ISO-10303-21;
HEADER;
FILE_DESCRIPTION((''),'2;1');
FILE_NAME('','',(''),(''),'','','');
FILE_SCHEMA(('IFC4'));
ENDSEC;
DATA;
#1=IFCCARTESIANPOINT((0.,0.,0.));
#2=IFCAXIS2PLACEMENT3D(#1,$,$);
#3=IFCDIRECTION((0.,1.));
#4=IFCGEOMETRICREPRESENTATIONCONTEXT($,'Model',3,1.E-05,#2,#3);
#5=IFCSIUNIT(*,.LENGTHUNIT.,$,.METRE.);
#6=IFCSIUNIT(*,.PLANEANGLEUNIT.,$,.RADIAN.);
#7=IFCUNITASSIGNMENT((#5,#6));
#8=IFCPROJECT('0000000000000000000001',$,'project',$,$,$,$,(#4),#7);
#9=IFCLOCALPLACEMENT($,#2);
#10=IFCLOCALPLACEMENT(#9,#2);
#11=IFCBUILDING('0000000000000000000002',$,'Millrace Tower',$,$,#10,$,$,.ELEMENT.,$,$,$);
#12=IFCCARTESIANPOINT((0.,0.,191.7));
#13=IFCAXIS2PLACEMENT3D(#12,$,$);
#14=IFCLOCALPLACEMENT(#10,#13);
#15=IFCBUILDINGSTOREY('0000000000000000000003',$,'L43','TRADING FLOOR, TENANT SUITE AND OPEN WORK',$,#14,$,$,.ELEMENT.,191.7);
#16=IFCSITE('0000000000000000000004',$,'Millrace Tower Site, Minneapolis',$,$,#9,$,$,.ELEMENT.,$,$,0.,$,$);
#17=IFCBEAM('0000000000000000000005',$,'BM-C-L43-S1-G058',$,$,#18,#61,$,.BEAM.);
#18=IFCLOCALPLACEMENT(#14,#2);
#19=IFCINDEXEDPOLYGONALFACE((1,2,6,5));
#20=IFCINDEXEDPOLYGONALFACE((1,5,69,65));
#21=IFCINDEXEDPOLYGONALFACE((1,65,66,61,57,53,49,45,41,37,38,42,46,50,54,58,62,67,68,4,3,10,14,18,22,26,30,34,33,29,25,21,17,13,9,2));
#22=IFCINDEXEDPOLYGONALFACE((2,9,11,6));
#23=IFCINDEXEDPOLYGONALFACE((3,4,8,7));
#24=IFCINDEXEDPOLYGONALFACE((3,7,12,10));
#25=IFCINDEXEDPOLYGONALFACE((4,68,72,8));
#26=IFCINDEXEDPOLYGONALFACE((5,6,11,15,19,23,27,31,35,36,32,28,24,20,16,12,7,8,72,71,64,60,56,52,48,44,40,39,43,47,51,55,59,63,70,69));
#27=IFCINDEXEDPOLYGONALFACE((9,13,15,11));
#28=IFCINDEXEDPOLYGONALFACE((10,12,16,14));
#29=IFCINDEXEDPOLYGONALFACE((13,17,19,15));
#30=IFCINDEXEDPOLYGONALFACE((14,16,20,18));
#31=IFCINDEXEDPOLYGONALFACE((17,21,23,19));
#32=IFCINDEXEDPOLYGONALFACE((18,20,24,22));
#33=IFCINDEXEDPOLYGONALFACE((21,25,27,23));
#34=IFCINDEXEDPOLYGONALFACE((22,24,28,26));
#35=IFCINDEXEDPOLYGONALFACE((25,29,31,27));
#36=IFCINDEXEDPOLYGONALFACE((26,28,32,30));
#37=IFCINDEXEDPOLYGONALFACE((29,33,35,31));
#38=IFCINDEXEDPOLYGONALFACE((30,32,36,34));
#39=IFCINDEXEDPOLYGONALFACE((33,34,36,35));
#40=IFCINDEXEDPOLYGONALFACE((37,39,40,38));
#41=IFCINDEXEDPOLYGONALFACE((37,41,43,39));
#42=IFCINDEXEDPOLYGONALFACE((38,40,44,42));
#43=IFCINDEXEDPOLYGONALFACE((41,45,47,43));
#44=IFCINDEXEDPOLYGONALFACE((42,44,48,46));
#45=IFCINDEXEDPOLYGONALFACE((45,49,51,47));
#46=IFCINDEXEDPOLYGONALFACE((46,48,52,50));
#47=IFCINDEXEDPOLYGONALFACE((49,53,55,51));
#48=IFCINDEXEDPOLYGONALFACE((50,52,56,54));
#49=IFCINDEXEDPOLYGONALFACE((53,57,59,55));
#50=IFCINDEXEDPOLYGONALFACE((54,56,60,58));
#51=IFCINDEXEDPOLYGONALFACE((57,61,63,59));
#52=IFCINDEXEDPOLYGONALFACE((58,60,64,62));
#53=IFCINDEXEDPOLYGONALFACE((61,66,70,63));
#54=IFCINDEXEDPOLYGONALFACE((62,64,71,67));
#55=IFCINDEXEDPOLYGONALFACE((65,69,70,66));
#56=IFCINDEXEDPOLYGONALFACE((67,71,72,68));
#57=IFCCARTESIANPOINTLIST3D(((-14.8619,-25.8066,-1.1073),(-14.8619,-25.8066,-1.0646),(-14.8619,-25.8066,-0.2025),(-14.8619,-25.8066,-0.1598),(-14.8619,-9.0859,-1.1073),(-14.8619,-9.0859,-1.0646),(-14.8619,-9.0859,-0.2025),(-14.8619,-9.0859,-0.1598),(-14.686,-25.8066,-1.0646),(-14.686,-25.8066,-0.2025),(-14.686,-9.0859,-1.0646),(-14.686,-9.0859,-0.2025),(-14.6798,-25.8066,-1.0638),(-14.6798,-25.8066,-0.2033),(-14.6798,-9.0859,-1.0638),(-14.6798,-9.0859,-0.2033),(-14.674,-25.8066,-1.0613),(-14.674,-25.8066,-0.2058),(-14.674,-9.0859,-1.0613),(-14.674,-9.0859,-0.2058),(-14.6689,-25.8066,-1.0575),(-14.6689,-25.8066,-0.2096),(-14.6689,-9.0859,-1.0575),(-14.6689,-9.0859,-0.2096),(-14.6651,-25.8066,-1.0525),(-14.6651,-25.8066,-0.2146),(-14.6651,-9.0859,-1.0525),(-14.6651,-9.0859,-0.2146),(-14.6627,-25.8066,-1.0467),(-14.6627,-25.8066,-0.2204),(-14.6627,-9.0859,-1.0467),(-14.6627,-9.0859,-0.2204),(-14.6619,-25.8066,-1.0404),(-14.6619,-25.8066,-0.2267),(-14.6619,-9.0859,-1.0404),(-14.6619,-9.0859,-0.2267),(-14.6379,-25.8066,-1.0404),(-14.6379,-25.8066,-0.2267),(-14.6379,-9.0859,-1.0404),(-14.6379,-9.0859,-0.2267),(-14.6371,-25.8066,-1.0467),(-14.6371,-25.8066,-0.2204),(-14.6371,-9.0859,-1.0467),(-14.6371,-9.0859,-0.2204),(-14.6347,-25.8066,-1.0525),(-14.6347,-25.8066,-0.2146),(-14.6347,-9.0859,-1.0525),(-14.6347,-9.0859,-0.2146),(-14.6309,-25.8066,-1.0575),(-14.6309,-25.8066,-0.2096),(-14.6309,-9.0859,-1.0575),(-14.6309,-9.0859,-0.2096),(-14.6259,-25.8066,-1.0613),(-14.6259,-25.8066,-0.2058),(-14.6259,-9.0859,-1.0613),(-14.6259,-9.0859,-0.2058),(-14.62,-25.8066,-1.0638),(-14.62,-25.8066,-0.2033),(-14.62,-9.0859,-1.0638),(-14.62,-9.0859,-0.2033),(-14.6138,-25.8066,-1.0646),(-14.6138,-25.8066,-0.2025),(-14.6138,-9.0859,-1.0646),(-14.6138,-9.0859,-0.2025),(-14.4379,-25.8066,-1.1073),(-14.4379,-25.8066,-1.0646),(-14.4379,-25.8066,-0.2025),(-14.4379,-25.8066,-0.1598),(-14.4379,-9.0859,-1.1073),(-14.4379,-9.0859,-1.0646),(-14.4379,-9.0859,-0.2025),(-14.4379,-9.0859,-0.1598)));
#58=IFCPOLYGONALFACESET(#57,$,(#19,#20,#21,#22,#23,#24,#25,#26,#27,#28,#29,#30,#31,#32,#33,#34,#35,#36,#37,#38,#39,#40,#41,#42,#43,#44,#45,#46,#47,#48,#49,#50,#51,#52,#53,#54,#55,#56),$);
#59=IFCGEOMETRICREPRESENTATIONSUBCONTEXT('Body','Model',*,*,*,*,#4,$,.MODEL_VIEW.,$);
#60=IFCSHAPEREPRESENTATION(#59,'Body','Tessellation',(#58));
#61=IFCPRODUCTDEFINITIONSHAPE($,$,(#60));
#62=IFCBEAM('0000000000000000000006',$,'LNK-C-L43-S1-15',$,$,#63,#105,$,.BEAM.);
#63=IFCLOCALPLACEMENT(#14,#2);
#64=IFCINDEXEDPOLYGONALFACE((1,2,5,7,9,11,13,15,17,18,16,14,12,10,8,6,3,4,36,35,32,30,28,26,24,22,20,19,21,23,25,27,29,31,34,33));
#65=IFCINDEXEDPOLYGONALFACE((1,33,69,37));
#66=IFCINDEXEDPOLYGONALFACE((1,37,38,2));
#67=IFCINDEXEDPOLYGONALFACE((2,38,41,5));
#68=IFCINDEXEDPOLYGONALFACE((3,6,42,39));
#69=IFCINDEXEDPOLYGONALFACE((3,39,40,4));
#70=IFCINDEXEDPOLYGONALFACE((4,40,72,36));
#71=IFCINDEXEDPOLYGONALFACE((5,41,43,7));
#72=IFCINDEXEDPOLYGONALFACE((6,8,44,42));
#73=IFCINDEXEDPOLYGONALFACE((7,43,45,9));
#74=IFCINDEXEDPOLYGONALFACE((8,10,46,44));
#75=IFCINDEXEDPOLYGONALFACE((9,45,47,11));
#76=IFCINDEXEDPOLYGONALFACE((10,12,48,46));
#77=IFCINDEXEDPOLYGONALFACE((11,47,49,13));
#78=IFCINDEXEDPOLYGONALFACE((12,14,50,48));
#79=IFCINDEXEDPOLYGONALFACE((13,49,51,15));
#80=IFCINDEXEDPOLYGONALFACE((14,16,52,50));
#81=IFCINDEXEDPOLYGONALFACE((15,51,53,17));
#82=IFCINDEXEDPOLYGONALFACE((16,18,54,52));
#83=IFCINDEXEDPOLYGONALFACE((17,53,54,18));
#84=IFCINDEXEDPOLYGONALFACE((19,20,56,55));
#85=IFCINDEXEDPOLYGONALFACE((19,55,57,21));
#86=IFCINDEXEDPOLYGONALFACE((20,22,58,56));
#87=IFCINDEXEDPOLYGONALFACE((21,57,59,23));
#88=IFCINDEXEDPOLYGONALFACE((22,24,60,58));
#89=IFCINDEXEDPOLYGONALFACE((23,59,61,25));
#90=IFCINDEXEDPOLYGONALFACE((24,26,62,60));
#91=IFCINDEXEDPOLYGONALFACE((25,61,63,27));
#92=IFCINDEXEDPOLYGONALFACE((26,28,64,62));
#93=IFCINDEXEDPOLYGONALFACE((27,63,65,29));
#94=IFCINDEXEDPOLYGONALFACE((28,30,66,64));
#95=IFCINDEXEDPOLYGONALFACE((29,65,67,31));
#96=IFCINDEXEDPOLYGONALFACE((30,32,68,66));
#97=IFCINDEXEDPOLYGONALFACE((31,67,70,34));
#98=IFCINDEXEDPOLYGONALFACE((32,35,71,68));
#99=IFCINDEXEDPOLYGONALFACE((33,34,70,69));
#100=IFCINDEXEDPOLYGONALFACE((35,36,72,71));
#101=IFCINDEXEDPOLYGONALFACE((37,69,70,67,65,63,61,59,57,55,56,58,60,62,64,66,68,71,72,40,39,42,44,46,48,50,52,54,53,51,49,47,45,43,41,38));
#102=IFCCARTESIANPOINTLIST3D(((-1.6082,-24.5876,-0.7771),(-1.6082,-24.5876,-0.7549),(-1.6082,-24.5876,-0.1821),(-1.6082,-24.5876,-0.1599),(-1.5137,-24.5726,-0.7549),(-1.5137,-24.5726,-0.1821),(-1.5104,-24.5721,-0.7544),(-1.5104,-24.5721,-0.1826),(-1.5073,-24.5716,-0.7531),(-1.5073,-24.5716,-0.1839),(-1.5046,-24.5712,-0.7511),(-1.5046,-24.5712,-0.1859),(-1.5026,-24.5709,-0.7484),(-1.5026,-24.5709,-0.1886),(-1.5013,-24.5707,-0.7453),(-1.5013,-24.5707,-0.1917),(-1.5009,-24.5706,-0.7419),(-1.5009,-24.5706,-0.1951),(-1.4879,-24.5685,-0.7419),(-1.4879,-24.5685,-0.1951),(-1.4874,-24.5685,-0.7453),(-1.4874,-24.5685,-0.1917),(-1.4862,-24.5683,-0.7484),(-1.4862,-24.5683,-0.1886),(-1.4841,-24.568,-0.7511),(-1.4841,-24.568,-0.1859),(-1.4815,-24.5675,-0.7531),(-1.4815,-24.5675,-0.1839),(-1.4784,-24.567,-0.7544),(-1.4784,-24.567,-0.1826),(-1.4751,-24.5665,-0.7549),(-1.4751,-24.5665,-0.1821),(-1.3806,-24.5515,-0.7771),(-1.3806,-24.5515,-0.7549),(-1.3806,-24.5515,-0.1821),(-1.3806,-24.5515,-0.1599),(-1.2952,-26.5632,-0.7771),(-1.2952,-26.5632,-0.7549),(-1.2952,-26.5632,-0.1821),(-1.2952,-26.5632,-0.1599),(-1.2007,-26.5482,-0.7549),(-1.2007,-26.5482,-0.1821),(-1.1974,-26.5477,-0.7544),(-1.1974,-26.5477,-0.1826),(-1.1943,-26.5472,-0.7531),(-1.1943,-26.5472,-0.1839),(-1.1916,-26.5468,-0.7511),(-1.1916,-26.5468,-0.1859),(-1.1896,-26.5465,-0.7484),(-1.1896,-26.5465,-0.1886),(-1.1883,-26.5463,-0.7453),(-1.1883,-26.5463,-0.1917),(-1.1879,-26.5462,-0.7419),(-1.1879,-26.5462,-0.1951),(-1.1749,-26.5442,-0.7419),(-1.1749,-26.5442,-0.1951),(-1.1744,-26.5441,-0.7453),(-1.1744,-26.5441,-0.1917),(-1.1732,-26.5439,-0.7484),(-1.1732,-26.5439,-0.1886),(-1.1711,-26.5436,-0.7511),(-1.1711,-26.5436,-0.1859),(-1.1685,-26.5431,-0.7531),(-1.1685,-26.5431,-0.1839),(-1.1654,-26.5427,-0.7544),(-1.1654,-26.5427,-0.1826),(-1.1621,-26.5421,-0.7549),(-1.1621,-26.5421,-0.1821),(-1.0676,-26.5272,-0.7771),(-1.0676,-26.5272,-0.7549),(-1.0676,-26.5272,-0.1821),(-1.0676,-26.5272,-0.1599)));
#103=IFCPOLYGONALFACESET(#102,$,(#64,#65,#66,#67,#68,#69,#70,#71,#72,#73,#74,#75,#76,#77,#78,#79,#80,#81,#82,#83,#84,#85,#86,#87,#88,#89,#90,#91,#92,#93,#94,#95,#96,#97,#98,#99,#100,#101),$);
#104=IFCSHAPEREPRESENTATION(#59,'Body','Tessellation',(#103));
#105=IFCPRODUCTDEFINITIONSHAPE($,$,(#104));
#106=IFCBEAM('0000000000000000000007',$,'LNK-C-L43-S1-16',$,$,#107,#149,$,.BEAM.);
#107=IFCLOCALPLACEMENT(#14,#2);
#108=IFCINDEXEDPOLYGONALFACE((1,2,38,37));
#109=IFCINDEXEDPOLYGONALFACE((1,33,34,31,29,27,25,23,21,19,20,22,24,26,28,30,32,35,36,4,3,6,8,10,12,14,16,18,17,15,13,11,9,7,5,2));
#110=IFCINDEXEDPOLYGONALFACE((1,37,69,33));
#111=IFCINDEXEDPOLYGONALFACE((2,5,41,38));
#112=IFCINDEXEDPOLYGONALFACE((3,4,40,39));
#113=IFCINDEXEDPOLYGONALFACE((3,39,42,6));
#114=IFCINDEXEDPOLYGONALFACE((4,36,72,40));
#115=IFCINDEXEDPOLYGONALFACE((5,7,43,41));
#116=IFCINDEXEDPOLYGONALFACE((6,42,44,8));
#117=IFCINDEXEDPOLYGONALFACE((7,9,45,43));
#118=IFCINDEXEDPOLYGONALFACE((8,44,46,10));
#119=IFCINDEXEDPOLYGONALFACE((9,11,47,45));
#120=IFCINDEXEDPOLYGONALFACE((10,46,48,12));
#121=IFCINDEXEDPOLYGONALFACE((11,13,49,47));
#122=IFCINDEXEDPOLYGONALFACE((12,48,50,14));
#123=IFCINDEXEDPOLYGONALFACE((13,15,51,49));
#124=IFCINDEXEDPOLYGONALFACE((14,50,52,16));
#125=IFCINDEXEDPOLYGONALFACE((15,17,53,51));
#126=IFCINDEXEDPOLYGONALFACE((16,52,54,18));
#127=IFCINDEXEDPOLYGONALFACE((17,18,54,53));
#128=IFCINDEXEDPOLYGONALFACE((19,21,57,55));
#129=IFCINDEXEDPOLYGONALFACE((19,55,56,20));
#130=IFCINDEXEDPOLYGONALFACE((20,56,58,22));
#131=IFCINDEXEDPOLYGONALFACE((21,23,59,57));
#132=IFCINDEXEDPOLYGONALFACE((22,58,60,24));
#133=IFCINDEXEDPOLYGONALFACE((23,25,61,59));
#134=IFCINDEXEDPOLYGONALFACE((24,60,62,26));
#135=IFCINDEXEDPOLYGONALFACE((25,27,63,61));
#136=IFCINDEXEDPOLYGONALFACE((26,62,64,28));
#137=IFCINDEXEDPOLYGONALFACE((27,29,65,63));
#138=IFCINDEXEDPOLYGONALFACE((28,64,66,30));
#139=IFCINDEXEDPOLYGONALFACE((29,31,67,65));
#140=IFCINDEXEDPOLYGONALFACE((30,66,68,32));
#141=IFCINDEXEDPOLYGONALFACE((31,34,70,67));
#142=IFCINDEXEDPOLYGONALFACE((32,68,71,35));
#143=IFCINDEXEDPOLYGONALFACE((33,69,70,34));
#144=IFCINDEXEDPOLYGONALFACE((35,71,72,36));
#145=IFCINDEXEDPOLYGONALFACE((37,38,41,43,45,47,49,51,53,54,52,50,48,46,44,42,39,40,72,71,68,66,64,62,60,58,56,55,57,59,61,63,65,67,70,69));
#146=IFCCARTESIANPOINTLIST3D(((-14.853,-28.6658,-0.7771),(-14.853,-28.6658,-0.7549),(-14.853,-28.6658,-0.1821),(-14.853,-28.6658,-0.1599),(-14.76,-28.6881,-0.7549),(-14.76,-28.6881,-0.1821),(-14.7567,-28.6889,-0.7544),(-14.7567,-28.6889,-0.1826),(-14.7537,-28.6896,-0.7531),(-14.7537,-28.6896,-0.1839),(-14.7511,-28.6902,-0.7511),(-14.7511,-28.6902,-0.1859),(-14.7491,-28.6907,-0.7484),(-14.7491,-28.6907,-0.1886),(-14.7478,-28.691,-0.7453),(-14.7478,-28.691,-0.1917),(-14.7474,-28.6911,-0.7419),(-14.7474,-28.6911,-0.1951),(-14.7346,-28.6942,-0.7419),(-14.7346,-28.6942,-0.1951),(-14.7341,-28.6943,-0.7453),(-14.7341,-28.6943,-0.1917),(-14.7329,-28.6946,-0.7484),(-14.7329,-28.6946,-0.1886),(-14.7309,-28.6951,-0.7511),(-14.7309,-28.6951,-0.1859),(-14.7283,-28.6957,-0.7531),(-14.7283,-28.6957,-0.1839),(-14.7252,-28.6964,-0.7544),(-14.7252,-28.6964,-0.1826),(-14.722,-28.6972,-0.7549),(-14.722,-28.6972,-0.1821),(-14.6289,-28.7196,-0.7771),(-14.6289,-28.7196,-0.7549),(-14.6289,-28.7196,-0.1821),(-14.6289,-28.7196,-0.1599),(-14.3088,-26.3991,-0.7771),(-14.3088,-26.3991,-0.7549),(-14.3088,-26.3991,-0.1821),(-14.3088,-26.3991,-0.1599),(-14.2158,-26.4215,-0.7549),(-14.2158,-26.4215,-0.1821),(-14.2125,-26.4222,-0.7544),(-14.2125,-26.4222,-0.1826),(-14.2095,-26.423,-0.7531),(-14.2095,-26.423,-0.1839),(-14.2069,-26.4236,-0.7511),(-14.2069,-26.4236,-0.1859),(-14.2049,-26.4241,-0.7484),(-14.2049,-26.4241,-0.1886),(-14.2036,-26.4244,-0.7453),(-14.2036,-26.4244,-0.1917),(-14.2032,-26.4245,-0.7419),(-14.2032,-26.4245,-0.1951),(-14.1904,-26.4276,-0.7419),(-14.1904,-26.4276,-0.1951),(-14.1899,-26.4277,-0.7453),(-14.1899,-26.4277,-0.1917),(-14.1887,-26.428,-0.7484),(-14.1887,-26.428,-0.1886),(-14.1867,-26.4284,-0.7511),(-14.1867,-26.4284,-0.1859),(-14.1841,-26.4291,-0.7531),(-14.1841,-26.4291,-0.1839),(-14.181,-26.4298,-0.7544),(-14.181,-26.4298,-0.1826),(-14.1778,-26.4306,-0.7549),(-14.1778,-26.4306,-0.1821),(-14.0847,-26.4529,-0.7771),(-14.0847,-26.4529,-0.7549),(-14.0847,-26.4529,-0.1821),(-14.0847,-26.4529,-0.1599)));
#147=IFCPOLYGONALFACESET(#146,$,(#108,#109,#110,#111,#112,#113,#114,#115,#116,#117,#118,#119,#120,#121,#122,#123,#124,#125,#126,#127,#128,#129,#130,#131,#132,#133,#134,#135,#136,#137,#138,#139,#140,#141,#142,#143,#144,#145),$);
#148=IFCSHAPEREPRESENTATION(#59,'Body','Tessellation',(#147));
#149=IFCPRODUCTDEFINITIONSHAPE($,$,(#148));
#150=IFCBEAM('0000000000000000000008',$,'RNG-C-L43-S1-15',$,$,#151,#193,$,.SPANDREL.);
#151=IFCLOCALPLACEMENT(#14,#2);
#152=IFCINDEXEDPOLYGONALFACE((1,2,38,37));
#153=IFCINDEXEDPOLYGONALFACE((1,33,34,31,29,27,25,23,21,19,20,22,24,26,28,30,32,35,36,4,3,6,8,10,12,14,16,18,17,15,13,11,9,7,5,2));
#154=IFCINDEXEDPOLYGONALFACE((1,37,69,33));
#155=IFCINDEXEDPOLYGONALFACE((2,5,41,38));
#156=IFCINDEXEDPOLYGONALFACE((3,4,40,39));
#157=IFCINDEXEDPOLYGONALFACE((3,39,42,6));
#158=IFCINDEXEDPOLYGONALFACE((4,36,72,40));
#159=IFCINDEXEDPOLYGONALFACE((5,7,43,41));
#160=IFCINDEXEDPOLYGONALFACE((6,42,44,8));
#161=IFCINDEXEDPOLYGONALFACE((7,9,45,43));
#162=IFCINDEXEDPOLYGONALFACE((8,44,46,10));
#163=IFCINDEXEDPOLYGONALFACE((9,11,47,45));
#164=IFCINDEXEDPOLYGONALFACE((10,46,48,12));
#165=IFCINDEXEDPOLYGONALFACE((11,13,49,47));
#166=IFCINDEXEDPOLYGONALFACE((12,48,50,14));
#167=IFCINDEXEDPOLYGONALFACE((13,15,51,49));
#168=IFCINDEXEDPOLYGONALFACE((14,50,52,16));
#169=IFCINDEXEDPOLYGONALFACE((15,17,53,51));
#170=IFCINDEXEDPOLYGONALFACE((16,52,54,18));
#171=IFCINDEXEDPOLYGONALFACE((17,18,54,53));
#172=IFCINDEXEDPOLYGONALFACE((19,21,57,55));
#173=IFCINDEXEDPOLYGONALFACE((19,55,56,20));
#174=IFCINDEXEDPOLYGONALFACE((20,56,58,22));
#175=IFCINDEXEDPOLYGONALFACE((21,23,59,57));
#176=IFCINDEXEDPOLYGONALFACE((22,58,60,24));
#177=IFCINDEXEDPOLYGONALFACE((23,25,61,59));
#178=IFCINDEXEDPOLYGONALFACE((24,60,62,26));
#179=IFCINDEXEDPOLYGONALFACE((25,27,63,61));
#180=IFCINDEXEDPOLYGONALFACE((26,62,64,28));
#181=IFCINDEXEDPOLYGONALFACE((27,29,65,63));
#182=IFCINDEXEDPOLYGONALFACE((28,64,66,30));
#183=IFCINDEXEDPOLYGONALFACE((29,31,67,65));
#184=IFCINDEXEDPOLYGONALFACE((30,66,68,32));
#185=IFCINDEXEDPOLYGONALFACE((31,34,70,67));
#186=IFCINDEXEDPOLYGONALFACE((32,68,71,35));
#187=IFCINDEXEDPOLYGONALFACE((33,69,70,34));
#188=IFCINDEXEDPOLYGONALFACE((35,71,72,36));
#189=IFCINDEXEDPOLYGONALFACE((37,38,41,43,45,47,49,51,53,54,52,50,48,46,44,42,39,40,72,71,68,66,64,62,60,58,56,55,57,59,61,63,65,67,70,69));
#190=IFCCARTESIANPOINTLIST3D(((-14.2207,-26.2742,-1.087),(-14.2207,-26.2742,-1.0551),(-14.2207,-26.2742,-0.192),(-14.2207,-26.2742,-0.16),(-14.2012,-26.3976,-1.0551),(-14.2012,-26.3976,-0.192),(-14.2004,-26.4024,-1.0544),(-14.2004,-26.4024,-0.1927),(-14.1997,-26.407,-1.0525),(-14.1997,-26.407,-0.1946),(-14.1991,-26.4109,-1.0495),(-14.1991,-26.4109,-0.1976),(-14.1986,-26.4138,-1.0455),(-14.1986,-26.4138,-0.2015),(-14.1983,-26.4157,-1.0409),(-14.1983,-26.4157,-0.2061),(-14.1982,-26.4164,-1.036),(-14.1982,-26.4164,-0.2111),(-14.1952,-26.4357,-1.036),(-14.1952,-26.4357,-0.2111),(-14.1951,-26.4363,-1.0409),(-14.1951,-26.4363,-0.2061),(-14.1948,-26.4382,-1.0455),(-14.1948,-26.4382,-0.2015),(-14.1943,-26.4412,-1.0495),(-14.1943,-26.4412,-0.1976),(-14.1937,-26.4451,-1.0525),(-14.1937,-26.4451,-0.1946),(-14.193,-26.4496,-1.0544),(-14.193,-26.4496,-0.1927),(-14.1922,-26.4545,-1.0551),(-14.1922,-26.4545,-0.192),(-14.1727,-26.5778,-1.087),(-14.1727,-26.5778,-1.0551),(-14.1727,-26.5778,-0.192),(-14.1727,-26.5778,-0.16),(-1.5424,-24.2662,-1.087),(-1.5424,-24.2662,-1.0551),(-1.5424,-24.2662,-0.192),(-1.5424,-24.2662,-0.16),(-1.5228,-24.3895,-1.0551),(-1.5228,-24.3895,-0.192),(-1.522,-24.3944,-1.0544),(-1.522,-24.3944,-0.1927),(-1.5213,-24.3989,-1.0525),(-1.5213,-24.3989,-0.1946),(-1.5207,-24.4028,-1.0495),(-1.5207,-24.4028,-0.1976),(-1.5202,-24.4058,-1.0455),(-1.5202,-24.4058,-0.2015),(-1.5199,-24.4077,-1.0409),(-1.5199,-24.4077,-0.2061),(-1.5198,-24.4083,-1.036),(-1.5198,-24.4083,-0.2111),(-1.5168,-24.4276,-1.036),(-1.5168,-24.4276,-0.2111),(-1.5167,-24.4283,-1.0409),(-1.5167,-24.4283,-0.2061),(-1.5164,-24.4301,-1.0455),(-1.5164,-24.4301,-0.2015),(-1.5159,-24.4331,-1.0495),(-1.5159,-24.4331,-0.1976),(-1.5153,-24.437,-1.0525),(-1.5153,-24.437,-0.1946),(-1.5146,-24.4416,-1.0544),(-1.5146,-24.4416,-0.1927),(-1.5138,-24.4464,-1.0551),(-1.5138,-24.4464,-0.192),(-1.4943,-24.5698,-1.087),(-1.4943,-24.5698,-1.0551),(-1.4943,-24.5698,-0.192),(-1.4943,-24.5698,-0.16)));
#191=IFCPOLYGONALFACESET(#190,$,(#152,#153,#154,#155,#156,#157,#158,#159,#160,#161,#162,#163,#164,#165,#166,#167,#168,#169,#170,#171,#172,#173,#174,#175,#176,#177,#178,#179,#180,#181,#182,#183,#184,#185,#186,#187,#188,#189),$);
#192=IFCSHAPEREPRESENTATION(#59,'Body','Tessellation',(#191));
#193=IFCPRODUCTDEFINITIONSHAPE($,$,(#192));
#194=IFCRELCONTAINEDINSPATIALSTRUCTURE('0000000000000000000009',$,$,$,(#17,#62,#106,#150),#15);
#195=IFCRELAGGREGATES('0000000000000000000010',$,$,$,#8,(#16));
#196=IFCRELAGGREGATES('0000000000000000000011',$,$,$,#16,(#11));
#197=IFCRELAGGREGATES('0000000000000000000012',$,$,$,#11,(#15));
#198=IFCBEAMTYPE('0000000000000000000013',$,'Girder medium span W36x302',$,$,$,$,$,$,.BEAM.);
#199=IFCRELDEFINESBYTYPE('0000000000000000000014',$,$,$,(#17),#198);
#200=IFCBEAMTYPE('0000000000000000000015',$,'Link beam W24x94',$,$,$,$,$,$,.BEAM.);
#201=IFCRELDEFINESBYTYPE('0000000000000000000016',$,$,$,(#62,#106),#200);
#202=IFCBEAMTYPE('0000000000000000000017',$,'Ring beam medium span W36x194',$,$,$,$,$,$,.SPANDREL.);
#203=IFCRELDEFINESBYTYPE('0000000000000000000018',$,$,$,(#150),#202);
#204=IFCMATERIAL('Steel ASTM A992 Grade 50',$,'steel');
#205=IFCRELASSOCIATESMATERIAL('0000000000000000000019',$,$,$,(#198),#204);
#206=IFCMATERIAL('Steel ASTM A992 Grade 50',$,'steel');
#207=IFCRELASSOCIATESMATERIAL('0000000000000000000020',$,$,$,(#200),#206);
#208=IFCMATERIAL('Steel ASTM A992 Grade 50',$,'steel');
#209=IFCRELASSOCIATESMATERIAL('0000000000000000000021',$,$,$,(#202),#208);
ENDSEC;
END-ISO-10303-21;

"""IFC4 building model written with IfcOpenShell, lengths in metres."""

from ifc_helpers import new_model, si_unit, direction, frame, origin, origin_2d, place, context, subcontext, project, spatial, i_section, extrude, material, material_profile, profile_set, type_object, element, save


model = new_model("IFC4")

# Units and contexts
model_context = context("Model", 3, precision=1e-05, world=origin(), true_north=direction((0.0, 1.0)))
body_context = subcontext(model_context, "Body", "Model", "MODEL_VIEW")
ifc_project = project(units=[si_unit("LENGTHUNIT", "METRE"), si_unit("PLANEANGLEUNIT", "RADIAN")], contexts=[model_context])

# Site, building, storey
site_placement = place(None, origin())
site = spatial("IfcSite", under=ifc_project, at=site_placement, Name="Millrace Tower Site, Minneapolis", CompositionType="ELEMENT", RefElevation=0.0)
building_placement = place(site_placement, origin())
building = spatial("IfcBuilding", under=site, at=building_placement, Name="Millrace Tower", CompositionType="ELEMENT")
storey_placement = place(building_placement, frame((0.0, 0.0, 191.7)))
storey = spatial("IfcBuildingStorey", under=building, at=storey_placement, Name="L43", Description="TRADING FLOOR, TENANT SUITE AND OPEN WORK", CompositionType="ELEMENT", Elevation=191.7)

# Beams
ifc_material_1 = material(Name="Steel ASTM A992 Grade 50", Category="steel")
ifc_material_profile_1 = material_profile(ifc_material_1, i_section(OverallWidth=0.4241, OverallDepth=0.9475, WebThickness=0.0239, FlangeThickness=0.0427, FilletRadius=0.0242, at=origin_2d()))
ifc_profile_set_1 = profile_set([ifc_material_profile_1], Name="Steel ASTM A992 Grade 50")
beam_type_1 = type_object("IfcBeamType", Name="Girder medium span W36x302", PredefinedType="BEAM", material=ifc_profile_set_1)
beam_1_placement = place(storey_placement, frame((-14.6499, -25.8066, -0.6335), z_axis=(0.0, 1.0, 0.0), x_axis=(-1.0, 0.0, 0.0)))
element("IfcBeam", 1, at=beam_1_placement, inside=storey, type_object=beam_type_1, Name="BM-C-L43-S1-G058", PredefinedType="BEAM", context=body_context, shape_type="SweptSolid", body=[
    extrude(i_section(OverallWidth=0.4241, OverallDepth=0.9475, WebThickness=0.0239, FlangeThickness=0.0427, FilletRadius=0.0242, at=origin_2d()), origin(), (0.0, 0.0, 1.0), 16.7207),
])
ifc_material_2 = material(Name="Steel ASTM A992 Grade 50", Category="steel")
ifc_material_profile_2 = material_profile(ifc_material_2, i_section(OverallWidth=0.2305, OverallDepth=0.6172, WebThickness=0.0132, FlangeThickness=0.0222, FilletRadius=0.0129, at=origin_2d()))
ifc_profile_set_2 = profile_set([ifc_material_profile_2], Name="Steel ASTM A992 Grade 50")
beam_type_2 = type_object("IfcBeamType", Name="Link beam W24x94", PredefinedType="BEAM", material=ifc_profile_set_2)
beam_2_placement = place(storey_placement, frame((-1.4944, -24.5696, -0.4685), z_axis=(0.156477, -0.987682, 0.0), x_axis=(0.987682, 0.156477, 0.0)))
element("IfcBeam", 2, at=beam_2_placement, inside=storey, type_object=beam_type_2, Name="LNK-C-L43-S1-15", PredefinedType="BEAM", context=body_context, shape_type="SweptSolid", body=[
    extrude(i_section(OverallWidth=0.2305, OverallDepth=0.6172, WebThickness=0.0132, FlangeThickness=0.0222, FilletRadius=0.0129, at=origin_2d()), origin(), (0.0, 0.0, 1.0), 2.0002),
])
beam_3_placement = place(storey_placement, frame((-14.1968, -26.426, -0.4685), z_axis=(-0.233456, -0.972367, 0.0), x_axis=(0.972367, -0.233456, 0.0)))
element("IfcBeam", 3, at=beam_3_placement, inside=storey, type_object=beam_type_2, Name="LNK-C-L43-S1-16", PredefinedType="BEAM", context=body_context, shape_type="SweptSolid", body=[
    extrude(i_section(OverallWidth=0.2305, OverallDepth=0.6172, WebThickness=0.0132, FlangeThickness=0.0222, FilletRadius=0.0129, at=origin_2d()), origin(), (0.0, 0.0, 1.0), 2.3311),
])
ifc_material_3 = material(Name="Steel ASTM A992 Grade 50", Category="steel")
ifc_material_profile_3 = material_profile(ifc_material_3, i_section(OverallWidth=0.3074, OverallDepth=0.927, WebThickness=0.0195, FlangeThickness=0.032, FilletRadius=0.019, at=origin_2d()))
ifc_profile_set_3 = profile_set([ifc_material_profile_3], Name="Steel ASTM A992 Grade 50")
beam_type_3 = type_object("IfcBeamType", Name="Ring beam medium span W36x194", PredefinedType="SPANDREL", material=ifc_profile_set_3)
beam_4_placement = place(storey_placement, frame((-1.5183, -24.418, -0.6235), z_axis=(-0.987689, -0.156433, 0.0), x_axis=(0.156433, -0.987689, 0.0)))
element("IfcBeam", 4, at=beam_4_placement, inside=storey, type_object=beam_type_3, Name="RNG-C-L43-S1-15", PredefinedType="SPANDREL", context=body_context, shape_type="SweptSolid", body=[
    extrude(i_section(OverallWidth=0.3074, OverallDepth=0.927, WebThickness=0.0195, FlangeThickness=0.032, FilletRadius=0.019, at=origin_2d()), origin(), (0.0, 0.0, 1.0), 12.8364),
])

save(model, "model.ifc")
